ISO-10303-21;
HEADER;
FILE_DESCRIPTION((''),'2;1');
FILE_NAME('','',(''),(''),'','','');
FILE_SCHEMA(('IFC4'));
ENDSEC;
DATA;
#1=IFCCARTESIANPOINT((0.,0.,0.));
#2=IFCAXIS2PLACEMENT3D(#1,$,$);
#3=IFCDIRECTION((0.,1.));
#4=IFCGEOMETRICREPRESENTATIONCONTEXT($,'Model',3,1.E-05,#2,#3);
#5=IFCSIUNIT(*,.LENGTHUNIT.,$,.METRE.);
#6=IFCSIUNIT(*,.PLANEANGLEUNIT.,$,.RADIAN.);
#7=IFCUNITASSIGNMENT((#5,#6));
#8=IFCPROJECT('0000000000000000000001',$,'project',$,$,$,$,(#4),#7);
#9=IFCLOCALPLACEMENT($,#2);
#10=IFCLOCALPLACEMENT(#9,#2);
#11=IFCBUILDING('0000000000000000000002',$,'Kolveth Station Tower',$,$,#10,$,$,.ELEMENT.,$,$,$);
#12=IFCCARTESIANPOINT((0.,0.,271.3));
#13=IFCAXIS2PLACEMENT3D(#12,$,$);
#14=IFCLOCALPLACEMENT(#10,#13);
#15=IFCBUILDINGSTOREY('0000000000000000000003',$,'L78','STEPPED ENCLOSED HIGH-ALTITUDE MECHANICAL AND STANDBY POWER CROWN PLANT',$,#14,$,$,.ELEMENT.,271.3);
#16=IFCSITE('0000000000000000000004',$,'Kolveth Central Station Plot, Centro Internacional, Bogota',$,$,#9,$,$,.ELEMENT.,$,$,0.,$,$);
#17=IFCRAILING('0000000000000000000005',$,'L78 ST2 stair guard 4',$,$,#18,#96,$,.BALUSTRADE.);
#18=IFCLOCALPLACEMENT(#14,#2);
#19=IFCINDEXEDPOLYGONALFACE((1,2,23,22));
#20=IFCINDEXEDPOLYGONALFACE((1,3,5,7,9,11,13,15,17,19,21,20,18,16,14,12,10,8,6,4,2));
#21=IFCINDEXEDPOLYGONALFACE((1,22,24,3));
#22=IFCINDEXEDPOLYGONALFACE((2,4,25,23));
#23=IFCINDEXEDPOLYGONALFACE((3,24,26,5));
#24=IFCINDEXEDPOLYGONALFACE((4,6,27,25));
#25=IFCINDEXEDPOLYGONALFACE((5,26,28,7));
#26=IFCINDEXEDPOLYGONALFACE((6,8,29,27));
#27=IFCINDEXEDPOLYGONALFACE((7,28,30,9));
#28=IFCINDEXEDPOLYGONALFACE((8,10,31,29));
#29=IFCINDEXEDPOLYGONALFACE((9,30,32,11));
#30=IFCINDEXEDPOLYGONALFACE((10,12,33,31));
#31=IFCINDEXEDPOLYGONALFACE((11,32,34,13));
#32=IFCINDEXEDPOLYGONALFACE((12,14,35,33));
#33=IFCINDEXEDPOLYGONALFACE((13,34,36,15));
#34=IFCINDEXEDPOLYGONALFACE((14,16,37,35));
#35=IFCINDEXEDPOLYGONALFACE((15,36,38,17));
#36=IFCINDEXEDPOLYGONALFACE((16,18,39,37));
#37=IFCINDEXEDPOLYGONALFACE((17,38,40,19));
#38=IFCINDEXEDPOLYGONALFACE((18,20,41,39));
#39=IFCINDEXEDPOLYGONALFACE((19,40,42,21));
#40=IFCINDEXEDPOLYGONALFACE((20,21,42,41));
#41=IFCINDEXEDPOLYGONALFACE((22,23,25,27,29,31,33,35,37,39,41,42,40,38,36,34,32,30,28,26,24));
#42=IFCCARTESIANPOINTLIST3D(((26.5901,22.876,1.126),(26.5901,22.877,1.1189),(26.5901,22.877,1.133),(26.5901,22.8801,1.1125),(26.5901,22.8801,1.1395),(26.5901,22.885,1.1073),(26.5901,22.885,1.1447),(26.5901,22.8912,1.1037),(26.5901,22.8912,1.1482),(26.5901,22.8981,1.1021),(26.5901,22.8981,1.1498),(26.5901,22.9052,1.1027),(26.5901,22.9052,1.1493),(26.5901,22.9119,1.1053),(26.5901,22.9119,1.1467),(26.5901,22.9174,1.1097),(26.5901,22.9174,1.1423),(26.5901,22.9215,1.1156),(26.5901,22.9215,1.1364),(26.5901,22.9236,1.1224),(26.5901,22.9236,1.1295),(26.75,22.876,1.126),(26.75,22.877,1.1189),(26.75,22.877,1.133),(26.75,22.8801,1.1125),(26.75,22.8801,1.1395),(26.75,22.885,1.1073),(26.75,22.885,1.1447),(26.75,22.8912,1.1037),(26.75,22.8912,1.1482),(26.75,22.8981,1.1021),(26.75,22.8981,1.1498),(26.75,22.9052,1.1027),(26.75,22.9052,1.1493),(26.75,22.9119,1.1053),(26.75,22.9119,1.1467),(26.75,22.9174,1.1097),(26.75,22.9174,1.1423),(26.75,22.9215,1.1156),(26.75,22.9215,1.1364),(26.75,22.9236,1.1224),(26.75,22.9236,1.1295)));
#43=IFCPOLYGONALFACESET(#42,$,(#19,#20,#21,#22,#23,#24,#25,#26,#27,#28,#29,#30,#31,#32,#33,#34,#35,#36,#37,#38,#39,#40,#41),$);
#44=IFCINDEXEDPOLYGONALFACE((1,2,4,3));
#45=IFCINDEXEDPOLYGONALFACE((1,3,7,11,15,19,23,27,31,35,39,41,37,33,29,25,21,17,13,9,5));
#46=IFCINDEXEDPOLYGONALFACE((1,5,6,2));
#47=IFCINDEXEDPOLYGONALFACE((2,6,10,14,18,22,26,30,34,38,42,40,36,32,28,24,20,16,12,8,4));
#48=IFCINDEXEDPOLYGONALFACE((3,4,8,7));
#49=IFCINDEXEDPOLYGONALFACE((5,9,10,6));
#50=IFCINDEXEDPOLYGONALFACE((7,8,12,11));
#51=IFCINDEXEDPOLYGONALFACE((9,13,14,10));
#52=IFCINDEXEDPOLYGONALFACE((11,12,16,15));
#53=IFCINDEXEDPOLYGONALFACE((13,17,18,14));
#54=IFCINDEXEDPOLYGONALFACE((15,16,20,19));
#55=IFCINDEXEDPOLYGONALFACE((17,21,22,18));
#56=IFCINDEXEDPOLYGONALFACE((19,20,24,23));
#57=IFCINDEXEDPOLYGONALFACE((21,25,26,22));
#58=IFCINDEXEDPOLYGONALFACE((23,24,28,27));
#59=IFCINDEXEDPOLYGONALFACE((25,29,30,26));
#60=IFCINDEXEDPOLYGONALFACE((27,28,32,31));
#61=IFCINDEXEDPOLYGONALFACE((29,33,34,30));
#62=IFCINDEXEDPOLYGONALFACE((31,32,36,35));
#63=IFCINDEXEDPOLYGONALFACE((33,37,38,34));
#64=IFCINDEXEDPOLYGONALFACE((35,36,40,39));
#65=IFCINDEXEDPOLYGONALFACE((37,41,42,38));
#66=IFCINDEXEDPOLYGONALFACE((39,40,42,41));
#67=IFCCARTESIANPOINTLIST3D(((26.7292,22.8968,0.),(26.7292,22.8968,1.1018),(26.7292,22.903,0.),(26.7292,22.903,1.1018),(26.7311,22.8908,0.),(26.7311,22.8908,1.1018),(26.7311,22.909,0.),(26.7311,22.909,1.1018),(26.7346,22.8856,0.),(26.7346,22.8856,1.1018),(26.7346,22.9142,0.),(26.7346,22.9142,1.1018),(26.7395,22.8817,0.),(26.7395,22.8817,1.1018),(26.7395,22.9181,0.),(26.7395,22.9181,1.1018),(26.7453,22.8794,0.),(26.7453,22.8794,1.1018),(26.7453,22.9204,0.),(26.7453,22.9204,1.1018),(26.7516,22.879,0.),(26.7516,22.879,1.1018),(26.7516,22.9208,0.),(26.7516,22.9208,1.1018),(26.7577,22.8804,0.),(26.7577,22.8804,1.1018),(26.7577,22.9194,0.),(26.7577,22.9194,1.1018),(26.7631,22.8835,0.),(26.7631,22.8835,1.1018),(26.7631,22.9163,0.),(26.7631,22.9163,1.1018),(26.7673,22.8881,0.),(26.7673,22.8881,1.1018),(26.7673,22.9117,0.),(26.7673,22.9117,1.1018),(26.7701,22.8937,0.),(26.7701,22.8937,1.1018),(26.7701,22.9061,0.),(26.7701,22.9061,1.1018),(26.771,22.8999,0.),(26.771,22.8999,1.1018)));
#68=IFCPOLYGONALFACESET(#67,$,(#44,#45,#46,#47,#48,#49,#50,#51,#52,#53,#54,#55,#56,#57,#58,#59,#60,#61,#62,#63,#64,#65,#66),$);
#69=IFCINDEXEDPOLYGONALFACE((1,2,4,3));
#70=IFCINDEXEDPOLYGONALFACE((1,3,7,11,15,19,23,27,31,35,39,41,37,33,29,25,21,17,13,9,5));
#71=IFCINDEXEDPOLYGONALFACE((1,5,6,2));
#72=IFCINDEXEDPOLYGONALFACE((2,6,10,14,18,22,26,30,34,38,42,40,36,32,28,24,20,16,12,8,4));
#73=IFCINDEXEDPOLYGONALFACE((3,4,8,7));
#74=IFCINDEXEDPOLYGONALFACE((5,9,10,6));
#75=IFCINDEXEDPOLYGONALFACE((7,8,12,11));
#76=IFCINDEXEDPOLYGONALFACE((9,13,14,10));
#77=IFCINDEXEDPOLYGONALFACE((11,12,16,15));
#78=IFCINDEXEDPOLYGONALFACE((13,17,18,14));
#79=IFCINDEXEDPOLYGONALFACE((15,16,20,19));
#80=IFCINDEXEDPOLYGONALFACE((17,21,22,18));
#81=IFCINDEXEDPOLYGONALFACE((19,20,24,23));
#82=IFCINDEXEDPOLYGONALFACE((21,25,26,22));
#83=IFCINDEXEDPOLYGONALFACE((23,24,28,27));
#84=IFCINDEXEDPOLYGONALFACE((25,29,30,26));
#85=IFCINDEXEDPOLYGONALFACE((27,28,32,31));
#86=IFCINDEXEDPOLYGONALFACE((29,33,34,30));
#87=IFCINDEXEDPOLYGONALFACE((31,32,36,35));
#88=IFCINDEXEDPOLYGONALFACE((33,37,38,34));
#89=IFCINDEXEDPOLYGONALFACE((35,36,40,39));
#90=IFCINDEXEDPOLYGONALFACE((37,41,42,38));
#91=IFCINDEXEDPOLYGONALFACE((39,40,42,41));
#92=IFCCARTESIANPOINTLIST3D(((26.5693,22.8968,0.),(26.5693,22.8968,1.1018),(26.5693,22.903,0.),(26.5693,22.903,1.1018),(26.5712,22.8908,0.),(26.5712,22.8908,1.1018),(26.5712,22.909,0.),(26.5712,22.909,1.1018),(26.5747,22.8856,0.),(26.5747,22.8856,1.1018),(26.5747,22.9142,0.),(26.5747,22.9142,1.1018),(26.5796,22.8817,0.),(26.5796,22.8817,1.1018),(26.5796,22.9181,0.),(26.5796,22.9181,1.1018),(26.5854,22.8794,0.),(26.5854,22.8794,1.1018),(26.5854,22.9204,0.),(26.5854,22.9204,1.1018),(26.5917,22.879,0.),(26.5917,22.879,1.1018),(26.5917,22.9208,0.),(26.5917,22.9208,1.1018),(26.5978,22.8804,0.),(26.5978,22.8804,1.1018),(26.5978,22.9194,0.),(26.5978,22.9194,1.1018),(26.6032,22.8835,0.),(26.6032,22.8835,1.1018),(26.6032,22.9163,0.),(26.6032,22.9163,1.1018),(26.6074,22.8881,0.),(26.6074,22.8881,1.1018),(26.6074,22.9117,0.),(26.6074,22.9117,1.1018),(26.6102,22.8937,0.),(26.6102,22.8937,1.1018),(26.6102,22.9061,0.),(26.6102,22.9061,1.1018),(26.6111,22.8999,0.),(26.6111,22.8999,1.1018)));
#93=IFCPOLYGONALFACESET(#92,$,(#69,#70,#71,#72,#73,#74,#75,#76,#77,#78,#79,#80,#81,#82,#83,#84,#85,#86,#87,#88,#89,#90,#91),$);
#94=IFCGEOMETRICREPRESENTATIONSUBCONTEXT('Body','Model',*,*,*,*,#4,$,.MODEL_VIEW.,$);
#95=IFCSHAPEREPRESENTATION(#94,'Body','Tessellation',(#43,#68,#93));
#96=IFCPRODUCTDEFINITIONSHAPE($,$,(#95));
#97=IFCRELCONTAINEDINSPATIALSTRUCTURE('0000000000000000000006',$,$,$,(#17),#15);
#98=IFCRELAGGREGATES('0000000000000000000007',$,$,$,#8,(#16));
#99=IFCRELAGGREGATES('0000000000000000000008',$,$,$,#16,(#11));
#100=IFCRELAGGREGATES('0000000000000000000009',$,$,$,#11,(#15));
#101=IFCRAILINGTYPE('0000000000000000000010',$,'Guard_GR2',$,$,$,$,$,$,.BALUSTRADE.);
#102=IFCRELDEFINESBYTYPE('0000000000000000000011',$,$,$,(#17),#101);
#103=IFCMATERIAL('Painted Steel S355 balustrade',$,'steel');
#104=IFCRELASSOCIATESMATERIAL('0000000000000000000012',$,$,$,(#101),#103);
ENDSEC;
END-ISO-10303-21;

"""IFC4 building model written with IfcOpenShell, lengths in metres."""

from ifc_helpers import new_model, si_unit, direction, frame, origin, origin_2d, place, context, subcontext, project, spatial, circle, extrude, material, type_object, element, save


model = new_model("IFC4")

# Units and contexts
model_context = context("Model", 3, precision=1e-05, world=origin(), true_north=direction((0.0, 1.0)))
body_context = subcontext(model_context, "Body", "Model", "MODEL_VIEW")
ifc_project = project(units=[si_unit("LENGTHUNIT", "METRE"), si_unit("PLANEANGLEUNIT", "RADIAN")], contexts=[model_context])

# Site, building, storey
site_placement = place(None, origin())
site = spatial("IfcSite", under=ifc_project, at=site_placement, Name="Kolveth Central Station Plot, Centro Internacional, Bogota", CompositionType="ELEMENT", RefElevation=0.0)
building_placement = place(site_placement, origin())
building = spatial("IfcBuilding", under=site, at=building_placement, Name="Kolveth Station Tower", CompositionType="ELEMENT")
storey_placement = place(building_placement, frame((0.0, 0.0, 271.3)))
storey = spatial("IfcBuildingStorey", under=building, at=storey_placement, Name="L78", Description="STEPPED ENCLOSED HIGH-ALTITUDE MECHANICAL AND STANDBY POWER CROWN PLANT", CompositionType="ELEMENT", Elevation=271.3)

# Railing
ifc_material_1 = material(Name="Painted Steel S355 balustrade", Category="steel")
railing_type_1 = type_object("IfcRailingType", Name="Guard_GR2", PredefinedType="BALUSTRADE", material=ifc_material_1)
railing_1_placement = place(storey_placement, frame((26.75, 22.8999, 0.0)))
element("IfcRailing", 1, at=railing_1_placement, inside=storey, type_object=railing_type_1, Name="L78 ST2 stair guard 4", PredefinedType="BALUSTRADE", context=body_context, shape_type="SweptSolid", body=[
    extrude(circle(Radius=0.0239, at=origin_2d()), frame((0.0, 0.0, 1.126), z_axis=(-1.0, 0.0, 0.0), x_axis=(0.0, -1.0, 0.0)), (0.0, 0.0, 1.0), 0.1599),
    extrude(circle(Radius=0.021, at=origin_2d()), origin(), (0.0, 0.0, 1.0), 1.1018),
    extrude(circle(Radius=0.021, at=origin_2d()), frame((-0.1599, 0.0, 0.0)), (0.0, 0.0, 1.0), 1.1018),
])

save(model, "model.ifc")
